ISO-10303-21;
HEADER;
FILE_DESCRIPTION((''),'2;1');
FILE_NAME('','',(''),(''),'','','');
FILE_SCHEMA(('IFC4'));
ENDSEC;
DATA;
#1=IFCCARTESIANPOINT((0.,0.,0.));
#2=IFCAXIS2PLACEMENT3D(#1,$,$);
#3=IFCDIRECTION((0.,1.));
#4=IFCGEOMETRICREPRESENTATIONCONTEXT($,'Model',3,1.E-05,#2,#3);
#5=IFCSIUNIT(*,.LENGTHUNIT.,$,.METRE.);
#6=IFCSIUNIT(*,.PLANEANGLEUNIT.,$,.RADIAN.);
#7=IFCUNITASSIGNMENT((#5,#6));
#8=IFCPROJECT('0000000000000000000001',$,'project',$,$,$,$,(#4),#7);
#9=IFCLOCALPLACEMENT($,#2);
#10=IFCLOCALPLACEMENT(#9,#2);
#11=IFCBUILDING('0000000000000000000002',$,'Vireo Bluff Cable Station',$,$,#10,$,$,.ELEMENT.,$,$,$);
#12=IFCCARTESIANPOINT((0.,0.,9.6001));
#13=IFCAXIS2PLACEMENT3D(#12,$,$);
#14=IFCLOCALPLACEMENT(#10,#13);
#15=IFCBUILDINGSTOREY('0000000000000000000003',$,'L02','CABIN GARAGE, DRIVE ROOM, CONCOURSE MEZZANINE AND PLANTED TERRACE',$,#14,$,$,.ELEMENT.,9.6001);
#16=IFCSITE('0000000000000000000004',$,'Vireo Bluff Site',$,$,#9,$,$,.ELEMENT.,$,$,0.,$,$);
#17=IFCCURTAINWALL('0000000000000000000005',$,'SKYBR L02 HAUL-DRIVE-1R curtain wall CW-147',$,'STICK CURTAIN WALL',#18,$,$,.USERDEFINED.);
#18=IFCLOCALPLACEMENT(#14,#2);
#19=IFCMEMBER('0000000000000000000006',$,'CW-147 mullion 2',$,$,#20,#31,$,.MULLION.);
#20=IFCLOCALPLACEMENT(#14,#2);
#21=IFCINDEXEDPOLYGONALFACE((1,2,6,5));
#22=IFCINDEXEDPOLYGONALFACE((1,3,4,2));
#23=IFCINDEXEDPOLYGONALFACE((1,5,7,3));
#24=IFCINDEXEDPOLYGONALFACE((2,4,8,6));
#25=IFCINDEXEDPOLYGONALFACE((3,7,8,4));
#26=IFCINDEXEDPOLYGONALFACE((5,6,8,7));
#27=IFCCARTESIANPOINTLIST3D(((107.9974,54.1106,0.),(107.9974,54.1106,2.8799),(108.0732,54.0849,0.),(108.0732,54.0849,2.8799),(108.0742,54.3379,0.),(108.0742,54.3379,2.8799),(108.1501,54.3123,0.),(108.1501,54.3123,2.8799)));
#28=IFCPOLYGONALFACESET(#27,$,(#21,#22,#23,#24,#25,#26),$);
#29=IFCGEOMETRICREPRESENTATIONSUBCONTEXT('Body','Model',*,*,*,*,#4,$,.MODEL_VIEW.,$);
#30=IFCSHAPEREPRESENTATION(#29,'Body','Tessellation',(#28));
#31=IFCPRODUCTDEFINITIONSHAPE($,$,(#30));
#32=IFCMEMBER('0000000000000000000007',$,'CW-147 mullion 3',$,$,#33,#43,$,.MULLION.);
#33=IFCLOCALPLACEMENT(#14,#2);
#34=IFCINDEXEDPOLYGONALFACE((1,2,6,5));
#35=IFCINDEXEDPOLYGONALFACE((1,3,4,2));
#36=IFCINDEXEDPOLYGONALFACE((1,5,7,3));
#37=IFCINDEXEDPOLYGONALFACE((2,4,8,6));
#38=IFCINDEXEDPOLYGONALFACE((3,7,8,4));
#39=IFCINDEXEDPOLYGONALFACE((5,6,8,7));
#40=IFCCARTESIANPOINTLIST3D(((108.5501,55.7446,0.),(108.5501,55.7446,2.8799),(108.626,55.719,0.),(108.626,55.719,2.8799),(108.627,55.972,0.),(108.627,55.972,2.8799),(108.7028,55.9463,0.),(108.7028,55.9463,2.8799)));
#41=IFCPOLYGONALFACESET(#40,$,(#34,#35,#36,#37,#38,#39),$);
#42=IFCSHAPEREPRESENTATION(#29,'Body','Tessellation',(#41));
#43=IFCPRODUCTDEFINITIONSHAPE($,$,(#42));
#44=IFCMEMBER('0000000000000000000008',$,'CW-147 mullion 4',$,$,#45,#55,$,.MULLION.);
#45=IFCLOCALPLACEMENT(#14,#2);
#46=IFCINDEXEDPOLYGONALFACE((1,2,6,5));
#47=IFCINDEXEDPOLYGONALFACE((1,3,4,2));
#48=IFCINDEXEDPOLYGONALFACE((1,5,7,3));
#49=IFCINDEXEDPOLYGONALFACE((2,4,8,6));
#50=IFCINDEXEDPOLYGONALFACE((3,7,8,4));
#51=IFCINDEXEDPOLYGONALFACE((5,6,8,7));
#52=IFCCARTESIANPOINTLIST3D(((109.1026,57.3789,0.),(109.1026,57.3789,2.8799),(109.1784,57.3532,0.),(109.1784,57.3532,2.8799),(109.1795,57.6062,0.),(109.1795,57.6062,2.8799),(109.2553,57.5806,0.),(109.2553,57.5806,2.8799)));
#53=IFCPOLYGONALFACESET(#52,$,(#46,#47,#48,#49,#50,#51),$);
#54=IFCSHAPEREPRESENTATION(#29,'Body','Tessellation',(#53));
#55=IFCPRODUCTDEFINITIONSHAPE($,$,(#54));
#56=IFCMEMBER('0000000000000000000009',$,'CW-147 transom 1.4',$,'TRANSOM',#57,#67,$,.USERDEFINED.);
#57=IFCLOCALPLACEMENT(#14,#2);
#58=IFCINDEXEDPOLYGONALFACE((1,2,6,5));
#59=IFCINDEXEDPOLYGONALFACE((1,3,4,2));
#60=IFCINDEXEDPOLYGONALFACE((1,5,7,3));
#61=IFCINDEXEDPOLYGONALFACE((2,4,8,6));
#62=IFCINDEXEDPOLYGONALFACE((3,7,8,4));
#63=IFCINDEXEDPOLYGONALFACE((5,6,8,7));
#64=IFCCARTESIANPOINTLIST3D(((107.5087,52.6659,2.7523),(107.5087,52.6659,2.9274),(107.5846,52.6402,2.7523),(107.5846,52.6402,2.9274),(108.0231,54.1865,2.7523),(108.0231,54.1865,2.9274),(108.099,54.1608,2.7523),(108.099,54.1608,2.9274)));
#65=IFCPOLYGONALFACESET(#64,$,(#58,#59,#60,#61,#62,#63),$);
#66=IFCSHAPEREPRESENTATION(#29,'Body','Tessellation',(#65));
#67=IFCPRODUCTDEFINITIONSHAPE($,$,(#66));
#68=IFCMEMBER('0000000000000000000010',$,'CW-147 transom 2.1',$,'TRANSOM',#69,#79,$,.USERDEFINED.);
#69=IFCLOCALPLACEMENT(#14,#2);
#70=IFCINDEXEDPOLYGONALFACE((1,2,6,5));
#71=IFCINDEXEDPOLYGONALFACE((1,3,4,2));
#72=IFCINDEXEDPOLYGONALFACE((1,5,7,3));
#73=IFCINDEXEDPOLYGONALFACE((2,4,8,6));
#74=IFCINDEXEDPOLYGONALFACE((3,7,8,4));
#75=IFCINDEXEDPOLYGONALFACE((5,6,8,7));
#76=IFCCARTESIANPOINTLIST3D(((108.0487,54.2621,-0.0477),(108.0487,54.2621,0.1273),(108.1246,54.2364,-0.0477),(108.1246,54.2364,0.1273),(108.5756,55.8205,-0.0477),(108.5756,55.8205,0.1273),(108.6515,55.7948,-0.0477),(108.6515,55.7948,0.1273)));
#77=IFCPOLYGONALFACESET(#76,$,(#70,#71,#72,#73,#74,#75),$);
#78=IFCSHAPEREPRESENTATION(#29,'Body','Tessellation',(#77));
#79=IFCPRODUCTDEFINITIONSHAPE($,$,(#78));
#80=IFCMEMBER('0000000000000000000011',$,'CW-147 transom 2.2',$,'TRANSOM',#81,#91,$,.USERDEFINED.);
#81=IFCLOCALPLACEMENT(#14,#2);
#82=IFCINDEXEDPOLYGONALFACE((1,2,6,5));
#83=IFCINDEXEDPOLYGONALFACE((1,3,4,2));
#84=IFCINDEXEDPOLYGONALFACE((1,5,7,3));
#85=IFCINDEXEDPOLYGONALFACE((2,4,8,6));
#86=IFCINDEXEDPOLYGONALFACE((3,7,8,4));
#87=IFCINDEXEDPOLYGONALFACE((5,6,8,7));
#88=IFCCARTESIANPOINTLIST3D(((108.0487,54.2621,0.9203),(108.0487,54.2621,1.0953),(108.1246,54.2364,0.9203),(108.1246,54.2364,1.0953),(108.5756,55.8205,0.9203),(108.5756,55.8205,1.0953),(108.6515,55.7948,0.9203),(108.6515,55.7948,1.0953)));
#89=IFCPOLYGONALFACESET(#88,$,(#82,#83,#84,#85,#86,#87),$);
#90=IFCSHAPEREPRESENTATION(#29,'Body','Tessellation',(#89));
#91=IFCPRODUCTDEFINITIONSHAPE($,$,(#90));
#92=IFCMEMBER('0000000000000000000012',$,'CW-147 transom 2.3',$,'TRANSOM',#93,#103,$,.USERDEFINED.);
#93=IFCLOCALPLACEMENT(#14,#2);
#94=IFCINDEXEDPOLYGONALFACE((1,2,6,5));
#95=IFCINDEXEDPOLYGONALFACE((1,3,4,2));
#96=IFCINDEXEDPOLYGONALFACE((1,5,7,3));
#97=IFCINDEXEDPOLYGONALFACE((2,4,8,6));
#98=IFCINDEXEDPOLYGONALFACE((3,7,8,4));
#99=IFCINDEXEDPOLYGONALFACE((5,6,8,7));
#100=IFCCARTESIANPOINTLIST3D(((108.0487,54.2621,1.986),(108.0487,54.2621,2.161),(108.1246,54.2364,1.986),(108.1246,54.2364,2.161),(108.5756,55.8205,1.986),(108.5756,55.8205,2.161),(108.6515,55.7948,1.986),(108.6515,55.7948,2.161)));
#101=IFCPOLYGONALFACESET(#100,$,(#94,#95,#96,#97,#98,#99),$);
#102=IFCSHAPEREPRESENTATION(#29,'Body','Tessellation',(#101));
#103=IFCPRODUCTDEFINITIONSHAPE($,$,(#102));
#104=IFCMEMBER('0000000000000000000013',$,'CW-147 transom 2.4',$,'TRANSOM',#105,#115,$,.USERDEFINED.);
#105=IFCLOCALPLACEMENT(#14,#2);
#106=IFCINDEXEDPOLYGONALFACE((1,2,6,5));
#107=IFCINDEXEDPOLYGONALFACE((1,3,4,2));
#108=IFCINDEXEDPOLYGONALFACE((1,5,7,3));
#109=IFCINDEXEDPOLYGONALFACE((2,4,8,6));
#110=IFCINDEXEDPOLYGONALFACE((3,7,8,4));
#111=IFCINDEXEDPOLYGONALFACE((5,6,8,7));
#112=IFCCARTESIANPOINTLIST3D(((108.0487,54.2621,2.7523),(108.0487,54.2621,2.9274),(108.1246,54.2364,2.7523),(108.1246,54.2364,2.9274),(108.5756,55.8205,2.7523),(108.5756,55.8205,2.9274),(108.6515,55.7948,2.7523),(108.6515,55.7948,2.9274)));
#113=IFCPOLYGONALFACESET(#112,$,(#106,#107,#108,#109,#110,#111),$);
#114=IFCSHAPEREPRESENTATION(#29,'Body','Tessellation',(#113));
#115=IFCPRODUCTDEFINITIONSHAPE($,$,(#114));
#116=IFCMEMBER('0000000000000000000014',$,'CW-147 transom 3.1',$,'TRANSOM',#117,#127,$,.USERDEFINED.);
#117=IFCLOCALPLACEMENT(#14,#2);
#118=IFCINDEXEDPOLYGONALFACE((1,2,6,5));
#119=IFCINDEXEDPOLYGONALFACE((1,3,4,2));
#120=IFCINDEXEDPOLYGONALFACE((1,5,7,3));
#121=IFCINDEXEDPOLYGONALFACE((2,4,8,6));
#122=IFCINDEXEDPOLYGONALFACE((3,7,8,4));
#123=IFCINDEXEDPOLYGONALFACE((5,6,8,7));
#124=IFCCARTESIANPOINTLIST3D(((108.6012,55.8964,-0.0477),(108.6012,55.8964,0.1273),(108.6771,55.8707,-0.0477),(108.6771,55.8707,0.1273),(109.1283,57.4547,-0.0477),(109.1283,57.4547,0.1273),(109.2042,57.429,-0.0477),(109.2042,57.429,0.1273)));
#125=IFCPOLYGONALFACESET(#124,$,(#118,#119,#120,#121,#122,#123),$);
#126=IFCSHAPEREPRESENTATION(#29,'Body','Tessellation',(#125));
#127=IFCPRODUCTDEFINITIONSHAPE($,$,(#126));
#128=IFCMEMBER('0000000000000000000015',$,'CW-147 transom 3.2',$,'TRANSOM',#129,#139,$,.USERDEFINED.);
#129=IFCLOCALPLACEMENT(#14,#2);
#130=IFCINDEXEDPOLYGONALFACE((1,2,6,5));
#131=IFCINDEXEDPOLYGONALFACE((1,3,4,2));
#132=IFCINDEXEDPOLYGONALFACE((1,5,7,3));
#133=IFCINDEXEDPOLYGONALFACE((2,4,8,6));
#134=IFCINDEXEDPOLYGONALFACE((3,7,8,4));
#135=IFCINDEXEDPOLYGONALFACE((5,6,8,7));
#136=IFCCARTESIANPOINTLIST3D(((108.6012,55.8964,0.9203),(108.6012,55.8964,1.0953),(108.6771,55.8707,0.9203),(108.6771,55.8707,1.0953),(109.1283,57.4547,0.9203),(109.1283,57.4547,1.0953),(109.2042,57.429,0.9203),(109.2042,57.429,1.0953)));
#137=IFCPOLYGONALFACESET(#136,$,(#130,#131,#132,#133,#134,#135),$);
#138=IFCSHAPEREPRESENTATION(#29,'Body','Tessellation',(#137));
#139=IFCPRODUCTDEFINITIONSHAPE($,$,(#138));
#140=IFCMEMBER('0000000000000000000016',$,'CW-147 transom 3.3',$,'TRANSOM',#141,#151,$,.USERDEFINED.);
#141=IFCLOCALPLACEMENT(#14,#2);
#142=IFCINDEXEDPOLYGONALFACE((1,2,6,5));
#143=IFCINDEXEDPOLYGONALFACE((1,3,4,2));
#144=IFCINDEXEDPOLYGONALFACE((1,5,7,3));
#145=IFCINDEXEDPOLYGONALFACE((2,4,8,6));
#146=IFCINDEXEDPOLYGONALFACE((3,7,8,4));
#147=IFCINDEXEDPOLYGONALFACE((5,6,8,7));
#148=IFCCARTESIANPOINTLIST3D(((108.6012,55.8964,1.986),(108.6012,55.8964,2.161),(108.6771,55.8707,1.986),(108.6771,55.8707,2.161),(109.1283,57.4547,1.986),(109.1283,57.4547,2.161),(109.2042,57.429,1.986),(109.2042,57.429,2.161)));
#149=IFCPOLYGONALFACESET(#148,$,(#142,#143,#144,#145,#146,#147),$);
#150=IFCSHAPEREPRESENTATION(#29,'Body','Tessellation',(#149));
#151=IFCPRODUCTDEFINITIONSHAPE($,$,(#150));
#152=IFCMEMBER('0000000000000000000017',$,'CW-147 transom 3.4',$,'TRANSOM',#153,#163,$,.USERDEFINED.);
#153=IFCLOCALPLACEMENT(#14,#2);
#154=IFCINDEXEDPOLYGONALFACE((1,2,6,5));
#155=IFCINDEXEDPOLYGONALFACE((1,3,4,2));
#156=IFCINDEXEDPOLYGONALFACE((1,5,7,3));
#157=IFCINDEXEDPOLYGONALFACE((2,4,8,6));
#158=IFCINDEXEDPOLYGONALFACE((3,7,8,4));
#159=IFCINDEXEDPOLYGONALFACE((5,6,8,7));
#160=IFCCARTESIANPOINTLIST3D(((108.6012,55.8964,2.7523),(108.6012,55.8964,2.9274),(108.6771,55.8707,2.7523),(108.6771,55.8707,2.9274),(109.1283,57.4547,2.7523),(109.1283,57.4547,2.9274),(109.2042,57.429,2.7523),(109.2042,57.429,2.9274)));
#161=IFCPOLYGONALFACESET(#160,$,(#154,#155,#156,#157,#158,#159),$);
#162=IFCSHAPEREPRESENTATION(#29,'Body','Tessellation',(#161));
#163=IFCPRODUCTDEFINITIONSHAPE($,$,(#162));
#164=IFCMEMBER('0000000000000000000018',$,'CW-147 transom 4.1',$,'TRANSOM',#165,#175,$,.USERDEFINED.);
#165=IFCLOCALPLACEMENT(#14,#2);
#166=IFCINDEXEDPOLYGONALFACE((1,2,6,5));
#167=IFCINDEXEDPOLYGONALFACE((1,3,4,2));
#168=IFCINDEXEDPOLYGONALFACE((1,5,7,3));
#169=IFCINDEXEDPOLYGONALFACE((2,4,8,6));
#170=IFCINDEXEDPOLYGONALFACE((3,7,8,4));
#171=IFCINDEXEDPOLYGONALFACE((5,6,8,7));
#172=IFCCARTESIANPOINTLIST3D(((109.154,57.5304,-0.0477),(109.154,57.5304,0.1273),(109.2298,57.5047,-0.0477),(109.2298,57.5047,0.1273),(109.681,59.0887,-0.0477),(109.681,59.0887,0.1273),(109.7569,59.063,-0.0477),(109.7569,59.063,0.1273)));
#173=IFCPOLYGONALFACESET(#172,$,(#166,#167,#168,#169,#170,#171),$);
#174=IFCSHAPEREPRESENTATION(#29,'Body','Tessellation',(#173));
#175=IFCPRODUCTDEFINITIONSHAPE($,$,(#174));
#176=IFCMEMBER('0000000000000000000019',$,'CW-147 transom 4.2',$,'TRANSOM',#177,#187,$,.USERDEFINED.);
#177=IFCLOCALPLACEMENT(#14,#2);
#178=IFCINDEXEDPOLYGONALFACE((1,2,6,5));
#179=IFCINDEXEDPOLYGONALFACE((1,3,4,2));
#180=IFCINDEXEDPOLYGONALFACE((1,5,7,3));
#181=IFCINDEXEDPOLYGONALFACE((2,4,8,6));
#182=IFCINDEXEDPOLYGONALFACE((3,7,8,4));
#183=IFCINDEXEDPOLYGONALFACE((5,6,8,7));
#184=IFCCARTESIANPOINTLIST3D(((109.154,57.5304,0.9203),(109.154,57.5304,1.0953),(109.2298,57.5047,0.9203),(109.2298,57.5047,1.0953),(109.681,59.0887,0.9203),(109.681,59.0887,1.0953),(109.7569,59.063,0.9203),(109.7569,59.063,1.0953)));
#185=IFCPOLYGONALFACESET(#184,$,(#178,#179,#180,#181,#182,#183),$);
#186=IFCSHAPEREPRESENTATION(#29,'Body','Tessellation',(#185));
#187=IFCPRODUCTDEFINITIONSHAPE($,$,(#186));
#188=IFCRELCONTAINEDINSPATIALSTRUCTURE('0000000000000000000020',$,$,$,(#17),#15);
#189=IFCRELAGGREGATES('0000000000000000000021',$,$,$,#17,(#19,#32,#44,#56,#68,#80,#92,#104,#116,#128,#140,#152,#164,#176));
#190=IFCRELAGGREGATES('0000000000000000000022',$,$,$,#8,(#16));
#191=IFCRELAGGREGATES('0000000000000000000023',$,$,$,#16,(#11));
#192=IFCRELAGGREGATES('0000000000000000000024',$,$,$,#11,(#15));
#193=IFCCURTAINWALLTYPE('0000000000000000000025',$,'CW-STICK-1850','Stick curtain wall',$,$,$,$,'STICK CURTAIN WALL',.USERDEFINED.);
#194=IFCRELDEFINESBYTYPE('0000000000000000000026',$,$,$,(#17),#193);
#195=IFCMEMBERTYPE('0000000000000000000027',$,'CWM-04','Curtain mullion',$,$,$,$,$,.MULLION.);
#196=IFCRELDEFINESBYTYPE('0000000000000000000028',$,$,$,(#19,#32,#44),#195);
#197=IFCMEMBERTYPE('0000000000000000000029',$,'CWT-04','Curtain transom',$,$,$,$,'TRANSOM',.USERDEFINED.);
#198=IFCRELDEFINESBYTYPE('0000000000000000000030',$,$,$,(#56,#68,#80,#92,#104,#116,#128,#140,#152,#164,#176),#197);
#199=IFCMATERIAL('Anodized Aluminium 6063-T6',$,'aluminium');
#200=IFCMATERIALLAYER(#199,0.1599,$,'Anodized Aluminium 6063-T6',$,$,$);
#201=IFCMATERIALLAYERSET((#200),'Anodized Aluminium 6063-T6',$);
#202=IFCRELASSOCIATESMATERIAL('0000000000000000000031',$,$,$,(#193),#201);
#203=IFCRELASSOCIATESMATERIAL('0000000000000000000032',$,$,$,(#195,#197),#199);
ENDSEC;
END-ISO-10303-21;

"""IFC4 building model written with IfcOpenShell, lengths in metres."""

from ifc_helpers import new_model, si_unit, direction, frame, origin, origin_2d, place, context, subcontext, project, spatial, rectangle, extrude, material, layer, layer_set, material_profile, profile_set, type_object, element, aggregate, save


model = new_model("IFC4")

# Units and contexts
model_context = context("Model", 3, precision=1e-05, world=origin(), true_north=direction((0.0, 1.0)))
body_context = subcontext(model_context, "Body", "Model", "MODEL_VIEW")
ifc_project = project(units=[si_unit("LENGTHUNIT", "METRE"), si_unit("PLANEANGLEUNIT", "RADIAN")], contexts=[model_context])

# Site, building, storey
site_placement = place(None, origin())
site = spatial("IfcSite", under=ifc_project, at=site_placement, Name="Vireo Bluff Site", CompositionType="ELEMENT", RefElevation=0.0)
building_placement = place(site_placement, origin())
building = spatial("IfcBuilding", under=site, at=building_placement, Name="Vireo Bluff Cable Station", CompositionType="ELEMENT")
storey_placement = place(building_placement, frame((0.0, 0.0, 9.6001)))
storey = spatial("IfcBuildingStorey", under=building, at=storey_placement, Name="L02", Description="CABIN GARAGE, DRIVE ROOM, CONCOURSE MEZZANINE AND PLANTED TERRACE", CompositionType="ELEMENT", Elevation=9.6001)

# Curtain wall, members
ifc_material_1 = material(Name="Anodized Aluminium 6063-T6", Category="aluminium")
ifc_layer_1 = layer(ifc_material_1, 0.1599, Name="Anodized Aluminium 6063-T6")
ifc_layer_set_1 = layer_set([ifc_layer_1], Name="Anodized Aluminium 6063-T6")
curtain_wall_type = type_object("IfcCurtainWallType", Name="CW-STICK-1850", Description="Stick curtain wall", ElementType="STICK CURTAIN WALL", PredefinedType="USERDEFINED", material=ifc_layer_set_1)
curtain_wall_placement = place(storey_placement, origin())
curtain_wall = element("IfcCurtainWall", 1, at=curtain_wall_placement, inside=storey, type_object=curtain_wall_type, Name="SKYBR L02 HAUL-DRIVE-1R curtain wall CW-147", ObjectType="STICK CURTAIN WALL", PredefinedType="USERDEFINED")
ifc_material_profile_1 = material_profile(ifc_material_1, rectangle(XDim=0.0801, YDim=0.24, at=origin_2d()), Name="ALU-M-80X240")
ifc_profile_set_1 = profile_set([ifc_material_profile_1], Name="Anodized Aluminium 6063-T6")
member_type_1 = type_object("IfcMemberType", Name="CWM-04", Description="Curtain mullion", PredefinedType="MULLION", material=ifc_profile_set_1)
member_1_placement = place(storey_placement, frame((108.0737, 54.2114, 0.0), z_axis=(0.0, 0.0, 1.0), x_axis=(-0.947295, 0.320364, 0.0)))
member_1 = element("IfcMember", 2, at=member_1_placement, type_object=member_type_1, Name="CW-147 mullion 2", PredefinedType="MULLION", context=body_context, shape_type="SweptSolid", body=[
    extrude(rectangle(XDim=0.0801, YDim=0.24, at=origin_2d()), origin(), (0.0, 0.0, 1.0), 2.8799),
])
member_2_placement = place(storey_placement, frame((108.6265, 55.8455, 0.0), z_axis=(0.0, 0.0, 1.0), x_axis=(-0.947295, 0.320364, 0.0)))
member_2 = element("IfcMember", 3, at=member_2_placement, type_object=member_type_1, Name="CW-147 mullion 3", PredefinedType="MULLION", context=body_context, shape_type="SweptSolid", body=[
    extrude(rectangle(XDim=0.0801, YDim=0.24, at=origin_2d()), origin(), (0.0, 0.0, 1.0), 2.8799),
])
member_3_placement = place(storey_placement, frame((109.179, 57.4797, 0.0), z_axis=(0.0, 0.0, 1.0), x_axis=(-0.947295, 0.320364, 0.0)))
member_3 = element("IfcMember", 4, at=member_3_placement, type_object=member_type_1, Name="CW-147 mullion 4", PredefinedType="MULLION", context=body_context, shape_type="SweptSolid", body=[
    extrude(rectangle(XDim=0.0801, YDim=0.24, at=origin_2d()), origin(), (0.0, 0.0, 1.0), 2.8799),
])
ifc_material_profile_2 = material_profile(ifc_material_1, rectangle(XDim=0.0801, YDim=0.175, at=origin_2d()), Name="ALU-T-80X175")
ifc_profile_set_2 = profile_set([ifc_material_profile_2], Name="Anodized Aluminium 6063-T6")
member_type_2 = type_object("IfcMemberType", Name="CWT-04", Description="Curtain transom", ElementType="TRANSOM", PredefinedType="USERDEFINED", material=ifc_profile_set_2)
member_4_placement = place(storey_placement, frame((107.5466, 52.6531, 2.8398), z_axis=(0.320468, 0.947259, 0.0), x_axis=(-0.947259, 0.320468, 0.0)))
member_4 = element("IfcMember", 5, at=member_4_placement, type_object=member_type_2, Name="CW-147 transom 1.4", ObjectType="TRANSOM", PredefinedType="USERDEFINED", context=body_context, shape_type="SweptSolid", body=[
    extrude(rectangle(XDim=0.0801, YDim=0.175, at=origin_2d()), origin(), (0.0, 0.0, 1.0), 1.6052),
])
member_5_placement = place(storey_placement, frame((108.0867, 54.2493, 0.0398), z_axis=(0.320277, 0.947324, 0.0), x_axis=(-0.947324, 0.320277, 0.0)))
member_5 = element("IfcMember", 6, at=member_5_placement, type_object=member_type_2, Name="CW-147 transom 2.1", ObjectType="TRANSOM", PredefinedType="USERDEFINED", context=body_context, shape_type="SweptSolid", body=[
    extrude(rectangle(XDim=0.0801, YDim=0.175, at=origin_2d()), origin(), (0.0, 0.0, 1.0), 1.645),
])
member_6_placement = place(storey_placement, frame((108.0867, 54.2493, 1.0078), z_axis=(0.320277, 0.947324, 0.0), x_axis=(-0.947324, 0.320277, 0.0)))
member_6 = element("IfcMember", 7, at=member_6_placement, type_object=member_type_2, Name="CW-147 transom 2.2", ObjectType="TRANSOM", PredefinedType="USERDEFINED", context=body_context, shape_type="SweptSolid", body=[
    extrude(rectangle(XDim=0.0801, YDim=0.175, at=origin_2d()), origin(), (0.0, 0.0, 1.0), 1.645),
])
member_7_placement = place(storey_placement, frame((108.0867, 54.2493, 2.0735), z_axis=(0.320277, 0.947324, 0.0), x_axis=(-0.947324, 0.320277, 0.0)))
member_7 = element("IfcMember", 8, at=member_7_placement, type_object=member_type_2, Name="CW-147 transom 2.3", ObjectType="TRANSOM", PredefinedType="USERDEFINED", context=body_context, shape_type="SweptSolid", body=[
    extrude(rectangle(XDim=0.0801, YDim=0.175, at=origin_2d()), origin(), (0.0, 0.0, 1.0), 1.645),
])
member_8_placement = place(storey_placement, frame((108.0867, 54.2493, 2.8398), z_axis=(0.320277, 0.947324, 0.0), x_axis=(-0.947324, 0.320277, 0.0)))
member_8 = element("IfcMember", 9, at=member_8_placement, type_object=member_type_2, Name="CW-147 transom 2.4", ObjectType="TRANSOM", PredefinedType="USERDEFINED", context=body_context, shape_type="SweptSolid", body=[
    extrude(rectangle(XDim=0.0801, YDim=0.175, at=origin_2d()), origin(), (0.0, 0.0, 1.0), 1.645),
])
member_9_placement = place(storey_placement, frame((108.6392, 55.8835, 0.0398), z_axis=(0.32041, 0.947279, 0.0), x_axis=(-0.947279, 0.32041, 0.0)))
member_9 = element("IfcMember", 10, at=member_9_placement, type_object=member_type_2, Name="CW-147 transom 3.1", ObjectType="TRANSOM", PredefinedType="USERDEFINED", context=body_context, shape_type="SweptSolid", body=[
    extrude(rectangle(XDim=0.0801, YDim=0.175, at=origin_2d()), origin(), (0.0, 0.0, 1.0), 1.645),
])
member_10_placement = place(storey_placement, frame((108.6392, 55.8835, 1.0078), z_axis=(0.32041, 0.947279, 0.0), x_axis=(-0.947279, 0.32041, 0.0)))
member_10 = element("IfcMember", 11, at=member_10_placement, type_object=member_type_2, Name="CW-147 transom 3.2", ObjectType="TRANSOM", PredefinedType="USERDEFINED", context=body_context, shape_type="SweptSolid", body=[
    extrude(rectangle(XDim=0.0801, YDim=0.175, at=origin_2d()), origin(), (0.0, 0.0, 1.0), 1.645),
])
member_11_placement = place(storey_placement, frame((108.6392, 55.8835, 2.0735), z_axis=(0.32041, 0.947279, 0.0), x_axis=(-0.947279, 0.32041, 0.0)))
member_11 = element("IfcMember", 12, at=member_11_placement, type_object=member_type_2, Name="CW-147 transom 3.3", ObjectType="TRANSOM", PredefinedType="USERDEFINED", context=body_context, shape_type="SweptSolid", body=[
    extrude(rectangle(XDim=0.0801, YDim=0.175, at=origin_2d()), origin(), (0.0, 0.0, 1.0), 1.645),
])
member_12_placement = place(storey_placement, frame((108.6392, 55.8835, 2.8398), z_axis=(0.32041, 0.947279, 0.0), x_axis=(-0.947279, 0.32041, 0.0)))
member_12 = element("IfcMember", 13, at=member_12_placement, type_object=member_type_2, Name="CW-147 transom 3.4", ObjectType="TRANSOM", PredefinedType="USERDEFINED", context=body_context, shape_type="SweptSolid", body=[
    extrude(rectangle(XDim=0.0801, YDim=0.175, at=origin_2d()), origin(), (0.0, 0.0, 1.0), 1.645),
])
member_13_placement = place(storey_placement, frame((109.1919, 57.5176, 0.0398), z_axis=(0.32041, 0.947279, 0.0), x_axis=(-0.947279, 0.32041, 0.0)))
member_13 = element("IfcMember", 14, at=member_13_placement, type_object=member_type_2, Name="CW-147 transom 4.1", ObjectType="TRANSOM", PredefinedType="USERDEFINED", context=body_context, shape_type="SweptSolid", body=[
    extrude(rectangle(XDim=0.0801, YDim=0.175, at=origin_2d()), origin(), (0.0, 0.0, 1.0), 1.645),
])
member_14_placement = place(storey_placement, frame((109.1919, 57.5176, 1.0078), z_axis=(0.32041, 0.947279, 0.0), x_axis=(-0.947279, 0.32041, 0.0)))
member_14 = element("IfcMember", 15, at=member_14_placement, type_object=member_type_2, Name="CW-147 transom 4.2", ObjectType="TRANSOM", PredefinedType="USERDEFINED", context=body_context, shape_type="SweptSolid", body=[
    extrude(rectangle(XDim=0.0801, YDim=0.175, at=origin_2d()), origin(), (0.0, 0.0, 1.0), 1.645),
])
aggregate(curtain_wall, [member_1, member_2, member_3, member_4, member_5, member_6, member_7, member_8, member_9, member_10, member_11, member_12, member_13, member_14])

save(model, "model.ifc")
